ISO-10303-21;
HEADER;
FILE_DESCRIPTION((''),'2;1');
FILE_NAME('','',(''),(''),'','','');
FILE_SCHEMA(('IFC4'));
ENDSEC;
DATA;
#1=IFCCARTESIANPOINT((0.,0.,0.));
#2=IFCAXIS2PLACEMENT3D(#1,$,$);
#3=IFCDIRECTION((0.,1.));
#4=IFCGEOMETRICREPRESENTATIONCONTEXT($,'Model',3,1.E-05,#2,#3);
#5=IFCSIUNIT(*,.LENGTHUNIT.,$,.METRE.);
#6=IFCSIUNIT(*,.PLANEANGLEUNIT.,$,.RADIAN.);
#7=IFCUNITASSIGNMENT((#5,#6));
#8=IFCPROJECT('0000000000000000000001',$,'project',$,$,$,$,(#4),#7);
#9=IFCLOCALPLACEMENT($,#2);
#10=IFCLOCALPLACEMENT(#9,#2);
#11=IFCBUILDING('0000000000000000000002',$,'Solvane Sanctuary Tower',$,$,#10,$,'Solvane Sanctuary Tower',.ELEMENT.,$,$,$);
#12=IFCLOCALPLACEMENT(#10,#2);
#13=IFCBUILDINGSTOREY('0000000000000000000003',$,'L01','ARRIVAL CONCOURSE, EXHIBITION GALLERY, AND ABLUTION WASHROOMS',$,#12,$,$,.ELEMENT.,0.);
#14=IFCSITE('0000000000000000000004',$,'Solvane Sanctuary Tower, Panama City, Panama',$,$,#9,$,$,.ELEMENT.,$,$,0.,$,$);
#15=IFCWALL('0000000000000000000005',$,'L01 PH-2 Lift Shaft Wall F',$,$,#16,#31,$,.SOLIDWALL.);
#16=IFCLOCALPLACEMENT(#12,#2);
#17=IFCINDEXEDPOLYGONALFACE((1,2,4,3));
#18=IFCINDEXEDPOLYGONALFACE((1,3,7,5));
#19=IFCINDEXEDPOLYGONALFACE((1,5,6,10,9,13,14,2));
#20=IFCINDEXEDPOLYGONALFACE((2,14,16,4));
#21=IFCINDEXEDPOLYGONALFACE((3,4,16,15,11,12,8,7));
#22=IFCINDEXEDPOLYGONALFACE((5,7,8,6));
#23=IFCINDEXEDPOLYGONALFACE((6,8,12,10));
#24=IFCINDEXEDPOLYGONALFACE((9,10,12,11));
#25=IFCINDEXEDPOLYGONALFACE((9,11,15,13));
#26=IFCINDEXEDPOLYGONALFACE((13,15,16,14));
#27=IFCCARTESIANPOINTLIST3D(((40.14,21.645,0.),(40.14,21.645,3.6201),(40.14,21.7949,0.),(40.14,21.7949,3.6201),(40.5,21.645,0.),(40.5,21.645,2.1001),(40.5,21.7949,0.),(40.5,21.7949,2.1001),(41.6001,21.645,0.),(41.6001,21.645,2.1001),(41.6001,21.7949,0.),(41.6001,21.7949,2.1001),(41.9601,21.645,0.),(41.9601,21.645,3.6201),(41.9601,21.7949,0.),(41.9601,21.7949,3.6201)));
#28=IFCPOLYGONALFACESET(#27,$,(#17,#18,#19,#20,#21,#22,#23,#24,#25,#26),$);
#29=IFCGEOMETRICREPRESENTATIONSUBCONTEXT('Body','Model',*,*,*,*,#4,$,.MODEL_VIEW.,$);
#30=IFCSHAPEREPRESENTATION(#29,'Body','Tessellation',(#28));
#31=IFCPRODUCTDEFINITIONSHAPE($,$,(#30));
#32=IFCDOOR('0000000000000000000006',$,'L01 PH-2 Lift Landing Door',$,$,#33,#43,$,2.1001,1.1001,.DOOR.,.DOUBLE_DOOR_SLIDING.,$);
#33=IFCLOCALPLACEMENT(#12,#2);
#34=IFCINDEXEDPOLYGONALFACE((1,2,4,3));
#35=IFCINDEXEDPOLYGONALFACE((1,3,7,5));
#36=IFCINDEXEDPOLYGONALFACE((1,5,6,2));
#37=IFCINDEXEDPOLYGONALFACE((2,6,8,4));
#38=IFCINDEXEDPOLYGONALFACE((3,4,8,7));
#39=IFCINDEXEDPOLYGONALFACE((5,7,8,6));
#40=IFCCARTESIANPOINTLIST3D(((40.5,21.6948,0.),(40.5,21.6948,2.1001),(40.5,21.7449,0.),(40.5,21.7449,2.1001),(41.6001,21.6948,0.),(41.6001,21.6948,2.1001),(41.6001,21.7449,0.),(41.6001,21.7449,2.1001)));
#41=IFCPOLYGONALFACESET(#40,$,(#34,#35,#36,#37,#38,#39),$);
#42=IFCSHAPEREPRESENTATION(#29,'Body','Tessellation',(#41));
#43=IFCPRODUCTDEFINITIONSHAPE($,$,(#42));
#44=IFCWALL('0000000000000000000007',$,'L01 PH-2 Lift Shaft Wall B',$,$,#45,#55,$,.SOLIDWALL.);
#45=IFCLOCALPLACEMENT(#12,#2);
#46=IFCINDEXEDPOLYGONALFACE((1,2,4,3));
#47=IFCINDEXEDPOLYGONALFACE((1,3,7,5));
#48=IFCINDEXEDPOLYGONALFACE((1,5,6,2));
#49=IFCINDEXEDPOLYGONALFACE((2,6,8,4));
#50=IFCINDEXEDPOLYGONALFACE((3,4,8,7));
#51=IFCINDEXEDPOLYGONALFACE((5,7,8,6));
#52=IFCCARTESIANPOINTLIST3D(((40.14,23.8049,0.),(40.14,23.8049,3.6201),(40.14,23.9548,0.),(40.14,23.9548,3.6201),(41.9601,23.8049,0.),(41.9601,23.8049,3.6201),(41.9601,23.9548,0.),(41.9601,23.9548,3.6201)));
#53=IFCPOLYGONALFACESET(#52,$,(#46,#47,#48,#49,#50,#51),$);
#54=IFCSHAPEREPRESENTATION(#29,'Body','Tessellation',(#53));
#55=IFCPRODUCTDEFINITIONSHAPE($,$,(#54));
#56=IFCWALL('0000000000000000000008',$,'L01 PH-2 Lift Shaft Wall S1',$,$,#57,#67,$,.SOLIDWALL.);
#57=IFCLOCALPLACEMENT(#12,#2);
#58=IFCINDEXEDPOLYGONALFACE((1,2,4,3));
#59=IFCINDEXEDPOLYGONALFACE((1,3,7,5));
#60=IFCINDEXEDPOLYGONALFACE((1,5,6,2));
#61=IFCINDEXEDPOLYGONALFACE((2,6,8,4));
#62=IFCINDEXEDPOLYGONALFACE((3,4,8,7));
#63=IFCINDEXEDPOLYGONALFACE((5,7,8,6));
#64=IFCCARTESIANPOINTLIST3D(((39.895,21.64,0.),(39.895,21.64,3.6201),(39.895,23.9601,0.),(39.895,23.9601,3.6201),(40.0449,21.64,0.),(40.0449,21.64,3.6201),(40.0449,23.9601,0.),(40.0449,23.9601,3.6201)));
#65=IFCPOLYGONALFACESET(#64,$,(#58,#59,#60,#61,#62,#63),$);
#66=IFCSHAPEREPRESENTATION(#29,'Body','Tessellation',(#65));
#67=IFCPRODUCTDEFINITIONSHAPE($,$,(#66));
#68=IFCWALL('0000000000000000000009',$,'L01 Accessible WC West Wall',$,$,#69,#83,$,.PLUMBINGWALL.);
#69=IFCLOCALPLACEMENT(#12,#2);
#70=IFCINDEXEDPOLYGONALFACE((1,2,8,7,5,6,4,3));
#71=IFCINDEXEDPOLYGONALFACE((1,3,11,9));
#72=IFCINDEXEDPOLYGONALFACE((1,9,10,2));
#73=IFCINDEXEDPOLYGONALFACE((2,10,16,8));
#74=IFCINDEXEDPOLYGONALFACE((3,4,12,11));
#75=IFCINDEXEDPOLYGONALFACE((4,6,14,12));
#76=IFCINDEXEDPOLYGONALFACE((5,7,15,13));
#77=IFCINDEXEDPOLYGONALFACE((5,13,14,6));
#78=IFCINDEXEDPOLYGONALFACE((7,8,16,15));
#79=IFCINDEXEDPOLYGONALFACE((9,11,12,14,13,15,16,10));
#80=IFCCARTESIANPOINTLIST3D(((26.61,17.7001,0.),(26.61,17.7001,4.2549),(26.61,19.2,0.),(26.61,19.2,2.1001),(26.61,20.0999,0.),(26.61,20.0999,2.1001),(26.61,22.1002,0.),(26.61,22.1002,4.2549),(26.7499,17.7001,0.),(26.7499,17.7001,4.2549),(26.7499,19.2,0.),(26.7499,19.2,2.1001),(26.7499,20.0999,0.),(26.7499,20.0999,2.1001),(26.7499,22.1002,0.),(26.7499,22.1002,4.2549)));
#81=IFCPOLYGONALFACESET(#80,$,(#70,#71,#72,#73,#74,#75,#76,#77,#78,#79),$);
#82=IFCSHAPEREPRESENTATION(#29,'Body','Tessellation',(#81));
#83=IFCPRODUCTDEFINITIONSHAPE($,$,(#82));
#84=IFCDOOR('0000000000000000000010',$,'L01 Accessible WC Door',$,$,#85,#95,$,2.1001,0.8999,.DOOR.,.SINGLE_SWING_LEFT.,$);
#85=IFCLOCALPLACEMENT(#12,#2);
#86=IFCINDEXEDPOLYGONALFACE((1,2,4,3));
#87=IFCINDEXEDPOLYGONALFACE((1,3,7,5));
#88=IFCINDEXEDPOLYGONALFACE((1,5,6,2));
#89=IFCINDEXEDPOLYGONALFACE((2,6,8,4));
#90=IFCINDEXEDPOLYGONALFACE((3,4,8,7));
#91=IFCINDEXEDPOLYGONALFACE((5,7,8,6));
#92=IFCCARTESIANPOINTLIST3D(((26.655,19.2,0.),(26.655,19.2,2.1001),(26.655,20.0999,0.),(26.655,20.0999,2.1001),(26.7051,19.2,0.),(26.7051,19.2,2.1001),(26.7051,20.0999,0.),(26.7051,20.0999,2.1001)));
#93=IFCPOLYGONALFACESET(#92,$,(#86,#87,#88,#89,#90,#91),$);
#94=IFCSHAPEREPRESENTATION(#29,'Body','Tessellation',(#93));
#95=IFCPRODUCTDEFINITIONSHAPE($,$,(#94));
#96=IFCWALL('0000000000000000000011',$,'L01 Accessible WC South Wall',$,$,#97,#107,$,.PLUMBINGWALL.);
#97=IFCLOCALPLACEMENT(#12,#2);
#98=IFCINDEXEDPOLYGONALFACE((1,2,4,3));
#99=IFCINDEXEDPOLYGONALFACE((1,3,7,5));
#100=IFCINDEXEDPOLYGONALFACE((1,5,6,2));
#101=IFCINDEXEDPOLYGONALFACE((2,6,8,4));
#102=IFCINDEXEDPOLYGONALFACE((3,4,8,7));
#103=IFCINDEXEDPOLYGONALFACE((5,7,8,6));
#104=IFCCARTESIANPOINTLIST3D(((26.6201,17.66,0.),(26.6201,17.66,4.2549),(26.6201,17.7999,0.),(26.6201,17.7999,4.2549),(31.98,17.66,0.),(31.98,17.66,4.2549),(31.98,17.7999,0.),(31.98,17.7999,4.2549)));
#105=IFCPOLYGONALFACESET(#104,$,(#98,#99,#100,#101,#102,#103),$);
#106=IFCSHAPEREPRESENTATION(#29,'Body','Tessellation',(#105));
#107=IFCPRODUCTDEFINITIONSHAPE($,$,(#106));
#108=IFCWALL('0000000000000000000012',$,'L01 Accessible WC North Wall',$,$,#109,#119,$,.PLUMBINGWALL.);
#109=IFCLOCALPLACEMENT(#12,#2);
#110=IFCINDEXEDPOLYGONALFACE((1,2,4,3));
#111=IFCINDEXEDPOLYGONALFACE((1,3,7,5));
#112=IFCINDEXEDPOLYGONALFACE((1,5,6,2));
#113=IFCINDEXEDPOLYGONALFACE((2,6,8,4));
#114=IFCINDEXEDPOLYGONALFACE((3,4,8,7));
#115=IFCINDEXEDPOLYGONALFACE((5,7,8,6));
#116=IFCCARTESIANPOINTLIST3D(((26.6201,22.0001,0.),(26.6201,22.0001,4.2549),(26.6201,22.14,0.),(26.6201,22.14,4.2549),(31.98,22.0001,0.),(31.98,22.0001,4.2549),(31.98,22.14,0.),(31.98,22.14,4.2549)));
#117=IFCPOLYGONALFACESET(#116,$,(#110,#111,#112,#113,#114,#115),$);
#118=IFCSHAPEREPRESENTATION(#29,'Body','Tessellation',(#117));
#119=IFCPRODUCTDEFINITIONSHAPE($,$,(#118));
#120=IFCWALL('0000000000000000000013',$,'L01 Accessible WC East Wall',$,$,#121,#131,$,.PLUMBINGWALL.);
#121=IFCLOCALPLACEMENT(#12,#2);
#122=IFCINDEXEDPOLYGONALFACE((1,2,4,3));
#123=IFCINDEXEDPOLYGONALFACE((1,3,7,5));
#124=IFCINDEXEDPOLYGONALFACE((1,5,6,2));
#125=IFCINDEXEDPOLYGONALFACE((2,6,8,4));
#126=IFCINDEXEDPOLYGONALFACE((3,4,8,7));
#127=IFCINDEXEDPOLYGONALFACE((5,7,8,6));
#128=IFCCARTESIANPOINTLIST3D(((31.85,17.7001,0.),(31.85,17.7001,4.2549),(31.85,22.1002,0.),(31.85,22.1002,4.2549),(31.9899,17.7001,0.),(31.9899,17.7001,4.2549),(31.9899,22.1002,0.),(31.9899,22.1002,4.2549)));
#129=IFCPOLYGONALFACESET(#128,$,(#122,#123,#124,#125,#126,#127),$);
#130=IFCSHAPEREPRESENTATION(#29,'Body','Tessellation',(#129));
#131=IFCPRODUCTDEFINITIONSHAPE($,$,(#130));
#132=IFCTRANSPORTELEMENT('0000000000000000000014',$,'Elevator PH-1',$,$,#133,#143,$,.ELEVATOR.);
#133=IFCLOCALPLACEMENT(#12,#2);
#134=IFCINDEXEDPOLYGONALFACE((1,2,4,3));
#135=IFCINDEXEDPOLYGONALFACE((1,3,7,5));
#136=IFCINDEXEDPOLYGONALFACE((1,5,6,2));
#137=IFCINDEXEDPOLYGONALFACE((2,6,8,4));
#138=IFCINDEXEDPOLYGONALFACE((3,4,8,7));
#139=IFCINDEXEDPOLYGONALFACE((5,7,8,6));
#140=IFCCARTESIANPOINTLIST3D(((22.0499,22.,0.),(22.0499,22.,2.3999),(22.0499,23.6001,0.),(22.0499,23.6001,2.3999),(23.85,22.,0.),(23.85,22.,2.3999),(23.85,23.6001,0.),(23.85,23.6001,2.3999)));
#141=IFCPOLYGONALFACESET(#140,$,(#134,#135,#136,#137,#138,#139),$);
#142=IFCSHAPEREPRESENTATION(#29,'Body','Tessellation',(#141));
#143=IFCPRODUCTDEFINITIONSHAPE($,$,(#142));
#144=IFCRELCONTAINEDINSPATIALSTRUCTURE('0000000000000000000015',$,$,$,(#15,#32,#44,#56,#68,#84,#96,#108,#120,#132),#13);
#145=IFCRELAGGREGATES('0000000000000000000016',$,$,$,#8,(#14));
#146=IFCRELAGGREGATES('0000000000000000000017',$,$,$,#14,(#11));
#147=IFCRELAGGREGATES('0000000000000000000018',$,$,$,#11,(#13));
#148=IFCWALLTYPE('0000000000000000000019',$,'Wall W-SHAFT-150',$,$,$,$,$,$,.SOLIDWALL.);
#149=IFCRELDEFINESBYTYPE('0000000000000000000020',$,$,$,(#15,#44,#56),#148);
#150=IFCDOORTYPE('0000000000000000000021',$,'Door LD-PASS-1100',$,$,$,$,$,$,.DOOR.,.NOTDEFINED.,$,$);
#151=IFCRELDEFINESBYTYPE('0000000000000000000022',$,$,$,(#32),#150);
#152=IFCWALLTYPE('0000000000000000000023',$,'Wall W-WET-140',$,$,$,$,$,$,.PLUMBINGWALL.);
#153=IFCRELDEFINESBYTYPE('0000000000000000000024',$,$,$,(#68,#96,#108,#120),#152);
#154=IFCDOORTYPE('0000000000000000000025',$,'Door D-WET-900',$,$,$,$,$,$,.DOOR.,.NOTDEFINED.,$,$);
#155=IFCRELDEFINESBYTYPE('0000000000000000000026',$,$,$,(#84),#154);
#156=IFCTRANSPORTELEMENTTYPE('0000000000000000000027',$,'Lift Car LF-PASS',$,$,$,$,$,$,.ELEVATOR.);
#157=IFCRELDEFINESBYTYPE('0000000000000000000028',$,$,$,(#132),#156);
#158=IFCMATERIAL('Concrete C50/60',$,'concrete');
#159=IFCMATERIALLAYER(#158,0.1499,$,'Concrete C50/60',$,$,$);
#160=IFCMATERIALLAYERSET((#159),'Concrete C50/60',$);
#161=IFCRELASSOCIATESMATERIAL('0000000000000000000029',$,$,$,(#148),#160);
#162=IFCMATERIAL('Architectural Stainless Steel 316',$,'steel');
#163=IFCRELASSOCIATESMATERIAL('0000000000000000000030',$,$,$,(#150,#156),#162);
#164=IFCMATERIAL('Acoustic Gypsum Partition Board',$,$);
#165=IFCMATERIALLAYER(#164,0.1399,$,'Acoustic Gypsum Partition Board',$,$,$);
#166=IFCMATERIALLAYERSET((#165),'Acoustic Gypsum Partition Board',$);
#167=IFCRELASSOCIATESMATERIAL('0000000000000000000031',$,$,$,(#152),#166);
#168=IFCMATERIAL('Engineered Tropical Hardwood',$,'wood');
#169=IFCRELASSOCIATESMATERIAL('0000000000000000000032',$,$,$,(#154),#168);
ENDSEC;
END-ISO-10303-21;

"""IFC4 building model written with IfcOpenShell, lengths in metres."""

from ifc_helpers import new_model, si_unit, direction, frame, frame_2d, origin, origin_2d, place, context, subcontext, project, spatial, rectangle, extrude, material, layer, layer_set, type_object, element, fill, save


model = new_model("IFC4")

# Units and contexts
model_context = context("Model", 3, precision=1e-05, world=origin(), true_north=direction((0.0, 1.0)))
body_context = subcontext(model_context, "Body", "Model", "MODEL_VIEW")
ifc_project = project(units=[si_unit("LENGTHUNIT", "METRE"), si_unit("PLANEANGLEUNIT", "RADIAN")], contexts=[model_context])

# Site, building, storey
site_placement = place(None, origin())
site = spatial("IfcSite", under=ifc_project, at=site_placement, Name="Solvane Sanctuary Tower, Panama City, Panama", CompositionType="ELEMENT", RefElevation=0.0)
building_placement = place(site_placement, origin())
building = spatial("IfcBuilding", under=site, at=building_placement, Name="Solvane Sanctuary Tower", LongName="Solvane Sanctuary Tower", CompositionType="ELEMENT")
storey_placement = place(building_placement, origin())
storey = spatial("IfcBuildingStorey", under=building, at=storey_placement, Name="L01", Description="ARRIVAL CONCOURSE, EXHIBITION GALLERY, AND ABLUTION WASHROOMS", CompositionType="ELEMENT", Elevation=0.0)

# Shared definitions
ifc_material_1 = material(Name="Concrete C50/60", Category="concrete")
ifc_layer_1 = layer(ifc_material_1, 0.1499, Name="Concrete C50/60")
ifc_layer_set_1 = layer_set([ifc_layer_1], Name="Concrete C50/60")
wall_type_1 = type_object("IfcWallType", Name="Wall W-SHAFT-150", PredefinedType="SOLIDWALL", material=ifc_layer_set_1)
ifc_material_2 = material(Name="Architectural Stainless Steel 316", Category="steel")
door_type_1 = type_object("IfcDoorType", Name="Door LD-PASS-1100", OperationType="NOTDEFINED", PredefinedType="DOOR", material=ifc_material_2)

# Wall, opening, door
wall_1_placement = place(storey_placement, frame((40.1399, 21.72, 0.0), z_axis=(0.0, 0.0, 1.0), x_axis=(1.0, 0.0, 0.0)))
wall_1 = element("IfcWall", 1, at=wall_1_placement, inside=storey, type_object=wall_type_1, Name="L01 PH-2 Lift Shaft Wall F", PredefinedType="SOLIDWALL", context=body_context, shape_type="SweptSolid", body=[
    extrude(rectangle(XDim=1.8201, YDim=0.1499, at=frame_2d((0.9102, 0.0))), origin(), (0.0, 0.0, 1.0), 3.6201),
])
opening_1_placement = place(wall_1_placement, frame((0.3601, 0.0, 0.0)))
opening_1 = element("IfcOpeningElement", 2, at=opening_1_placement, cuts=wall_1, PredefinedType="OPENING", context=body_context, shape_type="SweptSolid", body=[
    extrude(rectangle(XDim=1.1001, YDim=2.1001, at=frame_2d((0.55, 1.05))), frame((0.0, 0.085, 0.0), z_axis=(0.0, -1.0, 0.0), x_axis=(1.0, 0.0, 0.0)), (0.0, 0.0, 1.0), 0.1699),
])
door_1_placement = place(opening_1_placement, origin())
door_1 = element("IfcDoor", 3, at=door_1_placement, inside=storey, type_object=door_type_1, Name="L01 PH-2 Lift Landing Door", OperationType="DOUBLE_DOOR_SLIDING", OverallHeight=2.1001, OverallWidth=1.1001, PredefinedType="DOOR", context=body_context, shape_type="SweptSolid", body=[
    extrude(rectangle(XDim=1.1001, YDim=2.1001, at=frame_2d((0.55, 1.05))), frame((0.0, 0.0249, 0.0), z_axis=(0.0, -1.0, 0.0), x_axis=(1.0, 0.0, 0.0)), (0.0, 0.0, 1.0), 0.05),
])
fill(opening_1, door_1)

# Walls
wall_2_placement = place(storey_placement, frame((40.1399, 23.8799, 0.0), z_axis=(0.0, 0.0, 1.0), x_axis=(1.0, 0.0, 0.0)))
element("IfcWall", 4, at=wall_2_placement, inside=storey, type_object=wall_type_1, Name="L01 PH-2 Lift Shaft Wall B", PredefinedType="SOLIDWALL", context=body_context, shape_type="SweptSolid", body=[
    extrude(rectangle(XDim=1.8201, YDim=0.1499, at=frame_2d((0.9102, 0.0))), origin(), (0.0, 0.0, 1.0), 3.6201),
])
wall_3_placement = place(storey_placement, frame((39.97, 21.6399, 0.0), z_axis=(0.0, 0.0, 1.0), x_axis=(0.0, 1.0, 0.0)))
element("IfcWall", 5, at=wall_3_placement, inside=storey, type_object=wall_type_1, Name="L01 PH-2 Lift Shaft Wall S1", PredefinedType="SOLIDWALL", context=body_context, shape_type="SweptSolid", body=[
    extrude(rectangle(XDim=2.3201, YDim=0.1499, at=frame_2d((1.1602, 0.0))), origin(), (0.0, 0.0, 1.0), 3.6201),
])

# Wall, opening, door
ifc_material_3 = material(Name="Acoustic Gypsum Partition Board")
ifc_layer_2 = layer(ifc_material_3, 0.1399, Name="Acoustic Gypsum Partition Board")
ifc_layer_set_2 = layer_set([ifc_layer_2], Name="Acoustic Gypsum Partition Board")
wall_type_2 = type_object("IfcWallType", Name="Wall W-WET-140", PredefinedType="PLUMBINGWALL", material=ifc_layer_set_2)
wall_4_placement = place(storey_placement, frame((26.6799, 17.7, 0.0), z_axis=(0.0, 0.0, 1.0), x_axis=(0.0, 1.0, 0.0)))
wall_4 = element("IfcWall", 6, at=wall_4_placement, inside=storey, type_object=wall_type_2, Name="L01 Accessible WC West Wall", PredefinedType="PLUMBINGWALL", context=body_context, shape_type="SweptSolid", body=[
    extrude(rectangle(XDim=4.4001, YDim=0.1399, at=frame_2d((2.2002, 0.0))), origin(), (0.0, 0.0, 1.0), 4.2549),
])
opening_2_placement = place(wall_4_placement, frame((1.5, 0.0, 0.0)))
opening_2 = element("IfcOpeningElement", 7, at=opening_2_placement, cuts=wall_4, PredefinedType="OPENING", context=body_context, shape_type="SweptSolid", body=[
    extrude(rectangle(XDim=0.8999, YDim=2.1001, at=frame_2d((0.45, 1.05))), frame((0.0, 0.0798, 0.0), z_axis=(0.0, -1.0, 0.0), x_axis=(1.0, 0.0, 0.0)), (0.0, 0.0, 1.0), 0.1599),
])
ifc_material_4 = material(Name="Engineered Tropical Hardwood", Category="wood")
door_type_2 = type_object("IfcDoorType", Name="Door D-WET-900", OperationType="NOTDEFINED", PredefinedType="DOOR", material=ifc_material_4)
door_2_placement = place(opening_2_placement, origin())
door_2 = element("IfcDoor", 8, at=door_2_placement, inside=storey, type_object=door_type_2, Name="L01 Accessible WC Door", OperationType="SINGLE_SWING_LEFT", OverallHeight=2.1001, OverallWidth=0.8999, PredefinedType="DOOR", context=body_context, shape_type="SweptSolid", body=[
    extrude(rectangle(XDim=0.8999, YDim=2.1001, at=frame_2d((0.45, 1.05))), frame((0.0, 0.0249, 0.0), z_axis=(0.0, -1.0, 0.0), x_axis=(1.0, 0.0, 0.0)), (0.0, 0.0, 1.0), 0.05),
])
fill(opening_2, door_2)

# Walls
for number, where, z_axis, x_axis, name in (
    (9, (26.6201, 17.73, 0.0), (0.0, 0.0, 1.0), (1.0, 0.0, 0.0), "L01 Accessible WC South Wall"),
    (10, (26.6201, 22.0701, 0.0), (0.0, 0.0, 1.0), (1.0, 0.0, 0.0), "L01 Accessible WC North Wall"),
):
    element("IfcWall", number, at=place(storey_placement, frame(where, z_axis=z_axis, x_axis=x_axis)), inside=storey, type_object=wall_type_2, Name=name, PredefinedType="PLUMBINGWALL", context=body_context, shape_type="SweptSolid", body=[
        extrude(rectangle(XDim=5.3599, YDim=0.1399, at=frame_2d((2.6799, 0.0))), origin(), (0.0, 0.0, 1.0), 4.2549),
    ])
wall_5_placement = place(storey_placement, frame((31.9199, 17.7, 0.0), z_axis=(0.0, 0.0, 1.0), x_axis=(0.0, 1.0, 0.0)))
element("IfcWall", 11, at=wall_5_placement, inside=storey, type_object=wall_type_2, Name="L01 Accessible WC East Wall", PredefinedType="PLUMBINGWALL", context=body_context, shape_type="SweptSolid", body=[
    extrude(rectangle(XDim=4.4001, YDim=0.1399, at=frame_2d((2.2002, 0.0))), origin(), (0.0, 0.0, 1.0), 4.2549),
])

# Transport element
transport_element_type = type_object("IfcTransportElementType", Name="Lift Car LF-PASS", PredefinedType="ELEVATOR", material=ifc_material_2)
transport_element_placement = place(storey_placement, frame((22.95, 22.8, 0.0), z_axis=(0.0, 0.0, 1.0), x_axis=(1.0, 0.0, 0.0)))
element("IfcTransportElement", 12, at=transport_element_placement, inside=storey, type_object=transport_element_type, Name="Elevator PH-1", PredefinedType="ELEVATOR", context=body_context, shape_type="SweptSolid", body=[
    extrude(rectangle(XDim=1.8, YDim=1.6001, at=origin_2d()), origin(), (0.0, 0.0, 1.0), 2.3999),
])

save(model, "model.ifc")
